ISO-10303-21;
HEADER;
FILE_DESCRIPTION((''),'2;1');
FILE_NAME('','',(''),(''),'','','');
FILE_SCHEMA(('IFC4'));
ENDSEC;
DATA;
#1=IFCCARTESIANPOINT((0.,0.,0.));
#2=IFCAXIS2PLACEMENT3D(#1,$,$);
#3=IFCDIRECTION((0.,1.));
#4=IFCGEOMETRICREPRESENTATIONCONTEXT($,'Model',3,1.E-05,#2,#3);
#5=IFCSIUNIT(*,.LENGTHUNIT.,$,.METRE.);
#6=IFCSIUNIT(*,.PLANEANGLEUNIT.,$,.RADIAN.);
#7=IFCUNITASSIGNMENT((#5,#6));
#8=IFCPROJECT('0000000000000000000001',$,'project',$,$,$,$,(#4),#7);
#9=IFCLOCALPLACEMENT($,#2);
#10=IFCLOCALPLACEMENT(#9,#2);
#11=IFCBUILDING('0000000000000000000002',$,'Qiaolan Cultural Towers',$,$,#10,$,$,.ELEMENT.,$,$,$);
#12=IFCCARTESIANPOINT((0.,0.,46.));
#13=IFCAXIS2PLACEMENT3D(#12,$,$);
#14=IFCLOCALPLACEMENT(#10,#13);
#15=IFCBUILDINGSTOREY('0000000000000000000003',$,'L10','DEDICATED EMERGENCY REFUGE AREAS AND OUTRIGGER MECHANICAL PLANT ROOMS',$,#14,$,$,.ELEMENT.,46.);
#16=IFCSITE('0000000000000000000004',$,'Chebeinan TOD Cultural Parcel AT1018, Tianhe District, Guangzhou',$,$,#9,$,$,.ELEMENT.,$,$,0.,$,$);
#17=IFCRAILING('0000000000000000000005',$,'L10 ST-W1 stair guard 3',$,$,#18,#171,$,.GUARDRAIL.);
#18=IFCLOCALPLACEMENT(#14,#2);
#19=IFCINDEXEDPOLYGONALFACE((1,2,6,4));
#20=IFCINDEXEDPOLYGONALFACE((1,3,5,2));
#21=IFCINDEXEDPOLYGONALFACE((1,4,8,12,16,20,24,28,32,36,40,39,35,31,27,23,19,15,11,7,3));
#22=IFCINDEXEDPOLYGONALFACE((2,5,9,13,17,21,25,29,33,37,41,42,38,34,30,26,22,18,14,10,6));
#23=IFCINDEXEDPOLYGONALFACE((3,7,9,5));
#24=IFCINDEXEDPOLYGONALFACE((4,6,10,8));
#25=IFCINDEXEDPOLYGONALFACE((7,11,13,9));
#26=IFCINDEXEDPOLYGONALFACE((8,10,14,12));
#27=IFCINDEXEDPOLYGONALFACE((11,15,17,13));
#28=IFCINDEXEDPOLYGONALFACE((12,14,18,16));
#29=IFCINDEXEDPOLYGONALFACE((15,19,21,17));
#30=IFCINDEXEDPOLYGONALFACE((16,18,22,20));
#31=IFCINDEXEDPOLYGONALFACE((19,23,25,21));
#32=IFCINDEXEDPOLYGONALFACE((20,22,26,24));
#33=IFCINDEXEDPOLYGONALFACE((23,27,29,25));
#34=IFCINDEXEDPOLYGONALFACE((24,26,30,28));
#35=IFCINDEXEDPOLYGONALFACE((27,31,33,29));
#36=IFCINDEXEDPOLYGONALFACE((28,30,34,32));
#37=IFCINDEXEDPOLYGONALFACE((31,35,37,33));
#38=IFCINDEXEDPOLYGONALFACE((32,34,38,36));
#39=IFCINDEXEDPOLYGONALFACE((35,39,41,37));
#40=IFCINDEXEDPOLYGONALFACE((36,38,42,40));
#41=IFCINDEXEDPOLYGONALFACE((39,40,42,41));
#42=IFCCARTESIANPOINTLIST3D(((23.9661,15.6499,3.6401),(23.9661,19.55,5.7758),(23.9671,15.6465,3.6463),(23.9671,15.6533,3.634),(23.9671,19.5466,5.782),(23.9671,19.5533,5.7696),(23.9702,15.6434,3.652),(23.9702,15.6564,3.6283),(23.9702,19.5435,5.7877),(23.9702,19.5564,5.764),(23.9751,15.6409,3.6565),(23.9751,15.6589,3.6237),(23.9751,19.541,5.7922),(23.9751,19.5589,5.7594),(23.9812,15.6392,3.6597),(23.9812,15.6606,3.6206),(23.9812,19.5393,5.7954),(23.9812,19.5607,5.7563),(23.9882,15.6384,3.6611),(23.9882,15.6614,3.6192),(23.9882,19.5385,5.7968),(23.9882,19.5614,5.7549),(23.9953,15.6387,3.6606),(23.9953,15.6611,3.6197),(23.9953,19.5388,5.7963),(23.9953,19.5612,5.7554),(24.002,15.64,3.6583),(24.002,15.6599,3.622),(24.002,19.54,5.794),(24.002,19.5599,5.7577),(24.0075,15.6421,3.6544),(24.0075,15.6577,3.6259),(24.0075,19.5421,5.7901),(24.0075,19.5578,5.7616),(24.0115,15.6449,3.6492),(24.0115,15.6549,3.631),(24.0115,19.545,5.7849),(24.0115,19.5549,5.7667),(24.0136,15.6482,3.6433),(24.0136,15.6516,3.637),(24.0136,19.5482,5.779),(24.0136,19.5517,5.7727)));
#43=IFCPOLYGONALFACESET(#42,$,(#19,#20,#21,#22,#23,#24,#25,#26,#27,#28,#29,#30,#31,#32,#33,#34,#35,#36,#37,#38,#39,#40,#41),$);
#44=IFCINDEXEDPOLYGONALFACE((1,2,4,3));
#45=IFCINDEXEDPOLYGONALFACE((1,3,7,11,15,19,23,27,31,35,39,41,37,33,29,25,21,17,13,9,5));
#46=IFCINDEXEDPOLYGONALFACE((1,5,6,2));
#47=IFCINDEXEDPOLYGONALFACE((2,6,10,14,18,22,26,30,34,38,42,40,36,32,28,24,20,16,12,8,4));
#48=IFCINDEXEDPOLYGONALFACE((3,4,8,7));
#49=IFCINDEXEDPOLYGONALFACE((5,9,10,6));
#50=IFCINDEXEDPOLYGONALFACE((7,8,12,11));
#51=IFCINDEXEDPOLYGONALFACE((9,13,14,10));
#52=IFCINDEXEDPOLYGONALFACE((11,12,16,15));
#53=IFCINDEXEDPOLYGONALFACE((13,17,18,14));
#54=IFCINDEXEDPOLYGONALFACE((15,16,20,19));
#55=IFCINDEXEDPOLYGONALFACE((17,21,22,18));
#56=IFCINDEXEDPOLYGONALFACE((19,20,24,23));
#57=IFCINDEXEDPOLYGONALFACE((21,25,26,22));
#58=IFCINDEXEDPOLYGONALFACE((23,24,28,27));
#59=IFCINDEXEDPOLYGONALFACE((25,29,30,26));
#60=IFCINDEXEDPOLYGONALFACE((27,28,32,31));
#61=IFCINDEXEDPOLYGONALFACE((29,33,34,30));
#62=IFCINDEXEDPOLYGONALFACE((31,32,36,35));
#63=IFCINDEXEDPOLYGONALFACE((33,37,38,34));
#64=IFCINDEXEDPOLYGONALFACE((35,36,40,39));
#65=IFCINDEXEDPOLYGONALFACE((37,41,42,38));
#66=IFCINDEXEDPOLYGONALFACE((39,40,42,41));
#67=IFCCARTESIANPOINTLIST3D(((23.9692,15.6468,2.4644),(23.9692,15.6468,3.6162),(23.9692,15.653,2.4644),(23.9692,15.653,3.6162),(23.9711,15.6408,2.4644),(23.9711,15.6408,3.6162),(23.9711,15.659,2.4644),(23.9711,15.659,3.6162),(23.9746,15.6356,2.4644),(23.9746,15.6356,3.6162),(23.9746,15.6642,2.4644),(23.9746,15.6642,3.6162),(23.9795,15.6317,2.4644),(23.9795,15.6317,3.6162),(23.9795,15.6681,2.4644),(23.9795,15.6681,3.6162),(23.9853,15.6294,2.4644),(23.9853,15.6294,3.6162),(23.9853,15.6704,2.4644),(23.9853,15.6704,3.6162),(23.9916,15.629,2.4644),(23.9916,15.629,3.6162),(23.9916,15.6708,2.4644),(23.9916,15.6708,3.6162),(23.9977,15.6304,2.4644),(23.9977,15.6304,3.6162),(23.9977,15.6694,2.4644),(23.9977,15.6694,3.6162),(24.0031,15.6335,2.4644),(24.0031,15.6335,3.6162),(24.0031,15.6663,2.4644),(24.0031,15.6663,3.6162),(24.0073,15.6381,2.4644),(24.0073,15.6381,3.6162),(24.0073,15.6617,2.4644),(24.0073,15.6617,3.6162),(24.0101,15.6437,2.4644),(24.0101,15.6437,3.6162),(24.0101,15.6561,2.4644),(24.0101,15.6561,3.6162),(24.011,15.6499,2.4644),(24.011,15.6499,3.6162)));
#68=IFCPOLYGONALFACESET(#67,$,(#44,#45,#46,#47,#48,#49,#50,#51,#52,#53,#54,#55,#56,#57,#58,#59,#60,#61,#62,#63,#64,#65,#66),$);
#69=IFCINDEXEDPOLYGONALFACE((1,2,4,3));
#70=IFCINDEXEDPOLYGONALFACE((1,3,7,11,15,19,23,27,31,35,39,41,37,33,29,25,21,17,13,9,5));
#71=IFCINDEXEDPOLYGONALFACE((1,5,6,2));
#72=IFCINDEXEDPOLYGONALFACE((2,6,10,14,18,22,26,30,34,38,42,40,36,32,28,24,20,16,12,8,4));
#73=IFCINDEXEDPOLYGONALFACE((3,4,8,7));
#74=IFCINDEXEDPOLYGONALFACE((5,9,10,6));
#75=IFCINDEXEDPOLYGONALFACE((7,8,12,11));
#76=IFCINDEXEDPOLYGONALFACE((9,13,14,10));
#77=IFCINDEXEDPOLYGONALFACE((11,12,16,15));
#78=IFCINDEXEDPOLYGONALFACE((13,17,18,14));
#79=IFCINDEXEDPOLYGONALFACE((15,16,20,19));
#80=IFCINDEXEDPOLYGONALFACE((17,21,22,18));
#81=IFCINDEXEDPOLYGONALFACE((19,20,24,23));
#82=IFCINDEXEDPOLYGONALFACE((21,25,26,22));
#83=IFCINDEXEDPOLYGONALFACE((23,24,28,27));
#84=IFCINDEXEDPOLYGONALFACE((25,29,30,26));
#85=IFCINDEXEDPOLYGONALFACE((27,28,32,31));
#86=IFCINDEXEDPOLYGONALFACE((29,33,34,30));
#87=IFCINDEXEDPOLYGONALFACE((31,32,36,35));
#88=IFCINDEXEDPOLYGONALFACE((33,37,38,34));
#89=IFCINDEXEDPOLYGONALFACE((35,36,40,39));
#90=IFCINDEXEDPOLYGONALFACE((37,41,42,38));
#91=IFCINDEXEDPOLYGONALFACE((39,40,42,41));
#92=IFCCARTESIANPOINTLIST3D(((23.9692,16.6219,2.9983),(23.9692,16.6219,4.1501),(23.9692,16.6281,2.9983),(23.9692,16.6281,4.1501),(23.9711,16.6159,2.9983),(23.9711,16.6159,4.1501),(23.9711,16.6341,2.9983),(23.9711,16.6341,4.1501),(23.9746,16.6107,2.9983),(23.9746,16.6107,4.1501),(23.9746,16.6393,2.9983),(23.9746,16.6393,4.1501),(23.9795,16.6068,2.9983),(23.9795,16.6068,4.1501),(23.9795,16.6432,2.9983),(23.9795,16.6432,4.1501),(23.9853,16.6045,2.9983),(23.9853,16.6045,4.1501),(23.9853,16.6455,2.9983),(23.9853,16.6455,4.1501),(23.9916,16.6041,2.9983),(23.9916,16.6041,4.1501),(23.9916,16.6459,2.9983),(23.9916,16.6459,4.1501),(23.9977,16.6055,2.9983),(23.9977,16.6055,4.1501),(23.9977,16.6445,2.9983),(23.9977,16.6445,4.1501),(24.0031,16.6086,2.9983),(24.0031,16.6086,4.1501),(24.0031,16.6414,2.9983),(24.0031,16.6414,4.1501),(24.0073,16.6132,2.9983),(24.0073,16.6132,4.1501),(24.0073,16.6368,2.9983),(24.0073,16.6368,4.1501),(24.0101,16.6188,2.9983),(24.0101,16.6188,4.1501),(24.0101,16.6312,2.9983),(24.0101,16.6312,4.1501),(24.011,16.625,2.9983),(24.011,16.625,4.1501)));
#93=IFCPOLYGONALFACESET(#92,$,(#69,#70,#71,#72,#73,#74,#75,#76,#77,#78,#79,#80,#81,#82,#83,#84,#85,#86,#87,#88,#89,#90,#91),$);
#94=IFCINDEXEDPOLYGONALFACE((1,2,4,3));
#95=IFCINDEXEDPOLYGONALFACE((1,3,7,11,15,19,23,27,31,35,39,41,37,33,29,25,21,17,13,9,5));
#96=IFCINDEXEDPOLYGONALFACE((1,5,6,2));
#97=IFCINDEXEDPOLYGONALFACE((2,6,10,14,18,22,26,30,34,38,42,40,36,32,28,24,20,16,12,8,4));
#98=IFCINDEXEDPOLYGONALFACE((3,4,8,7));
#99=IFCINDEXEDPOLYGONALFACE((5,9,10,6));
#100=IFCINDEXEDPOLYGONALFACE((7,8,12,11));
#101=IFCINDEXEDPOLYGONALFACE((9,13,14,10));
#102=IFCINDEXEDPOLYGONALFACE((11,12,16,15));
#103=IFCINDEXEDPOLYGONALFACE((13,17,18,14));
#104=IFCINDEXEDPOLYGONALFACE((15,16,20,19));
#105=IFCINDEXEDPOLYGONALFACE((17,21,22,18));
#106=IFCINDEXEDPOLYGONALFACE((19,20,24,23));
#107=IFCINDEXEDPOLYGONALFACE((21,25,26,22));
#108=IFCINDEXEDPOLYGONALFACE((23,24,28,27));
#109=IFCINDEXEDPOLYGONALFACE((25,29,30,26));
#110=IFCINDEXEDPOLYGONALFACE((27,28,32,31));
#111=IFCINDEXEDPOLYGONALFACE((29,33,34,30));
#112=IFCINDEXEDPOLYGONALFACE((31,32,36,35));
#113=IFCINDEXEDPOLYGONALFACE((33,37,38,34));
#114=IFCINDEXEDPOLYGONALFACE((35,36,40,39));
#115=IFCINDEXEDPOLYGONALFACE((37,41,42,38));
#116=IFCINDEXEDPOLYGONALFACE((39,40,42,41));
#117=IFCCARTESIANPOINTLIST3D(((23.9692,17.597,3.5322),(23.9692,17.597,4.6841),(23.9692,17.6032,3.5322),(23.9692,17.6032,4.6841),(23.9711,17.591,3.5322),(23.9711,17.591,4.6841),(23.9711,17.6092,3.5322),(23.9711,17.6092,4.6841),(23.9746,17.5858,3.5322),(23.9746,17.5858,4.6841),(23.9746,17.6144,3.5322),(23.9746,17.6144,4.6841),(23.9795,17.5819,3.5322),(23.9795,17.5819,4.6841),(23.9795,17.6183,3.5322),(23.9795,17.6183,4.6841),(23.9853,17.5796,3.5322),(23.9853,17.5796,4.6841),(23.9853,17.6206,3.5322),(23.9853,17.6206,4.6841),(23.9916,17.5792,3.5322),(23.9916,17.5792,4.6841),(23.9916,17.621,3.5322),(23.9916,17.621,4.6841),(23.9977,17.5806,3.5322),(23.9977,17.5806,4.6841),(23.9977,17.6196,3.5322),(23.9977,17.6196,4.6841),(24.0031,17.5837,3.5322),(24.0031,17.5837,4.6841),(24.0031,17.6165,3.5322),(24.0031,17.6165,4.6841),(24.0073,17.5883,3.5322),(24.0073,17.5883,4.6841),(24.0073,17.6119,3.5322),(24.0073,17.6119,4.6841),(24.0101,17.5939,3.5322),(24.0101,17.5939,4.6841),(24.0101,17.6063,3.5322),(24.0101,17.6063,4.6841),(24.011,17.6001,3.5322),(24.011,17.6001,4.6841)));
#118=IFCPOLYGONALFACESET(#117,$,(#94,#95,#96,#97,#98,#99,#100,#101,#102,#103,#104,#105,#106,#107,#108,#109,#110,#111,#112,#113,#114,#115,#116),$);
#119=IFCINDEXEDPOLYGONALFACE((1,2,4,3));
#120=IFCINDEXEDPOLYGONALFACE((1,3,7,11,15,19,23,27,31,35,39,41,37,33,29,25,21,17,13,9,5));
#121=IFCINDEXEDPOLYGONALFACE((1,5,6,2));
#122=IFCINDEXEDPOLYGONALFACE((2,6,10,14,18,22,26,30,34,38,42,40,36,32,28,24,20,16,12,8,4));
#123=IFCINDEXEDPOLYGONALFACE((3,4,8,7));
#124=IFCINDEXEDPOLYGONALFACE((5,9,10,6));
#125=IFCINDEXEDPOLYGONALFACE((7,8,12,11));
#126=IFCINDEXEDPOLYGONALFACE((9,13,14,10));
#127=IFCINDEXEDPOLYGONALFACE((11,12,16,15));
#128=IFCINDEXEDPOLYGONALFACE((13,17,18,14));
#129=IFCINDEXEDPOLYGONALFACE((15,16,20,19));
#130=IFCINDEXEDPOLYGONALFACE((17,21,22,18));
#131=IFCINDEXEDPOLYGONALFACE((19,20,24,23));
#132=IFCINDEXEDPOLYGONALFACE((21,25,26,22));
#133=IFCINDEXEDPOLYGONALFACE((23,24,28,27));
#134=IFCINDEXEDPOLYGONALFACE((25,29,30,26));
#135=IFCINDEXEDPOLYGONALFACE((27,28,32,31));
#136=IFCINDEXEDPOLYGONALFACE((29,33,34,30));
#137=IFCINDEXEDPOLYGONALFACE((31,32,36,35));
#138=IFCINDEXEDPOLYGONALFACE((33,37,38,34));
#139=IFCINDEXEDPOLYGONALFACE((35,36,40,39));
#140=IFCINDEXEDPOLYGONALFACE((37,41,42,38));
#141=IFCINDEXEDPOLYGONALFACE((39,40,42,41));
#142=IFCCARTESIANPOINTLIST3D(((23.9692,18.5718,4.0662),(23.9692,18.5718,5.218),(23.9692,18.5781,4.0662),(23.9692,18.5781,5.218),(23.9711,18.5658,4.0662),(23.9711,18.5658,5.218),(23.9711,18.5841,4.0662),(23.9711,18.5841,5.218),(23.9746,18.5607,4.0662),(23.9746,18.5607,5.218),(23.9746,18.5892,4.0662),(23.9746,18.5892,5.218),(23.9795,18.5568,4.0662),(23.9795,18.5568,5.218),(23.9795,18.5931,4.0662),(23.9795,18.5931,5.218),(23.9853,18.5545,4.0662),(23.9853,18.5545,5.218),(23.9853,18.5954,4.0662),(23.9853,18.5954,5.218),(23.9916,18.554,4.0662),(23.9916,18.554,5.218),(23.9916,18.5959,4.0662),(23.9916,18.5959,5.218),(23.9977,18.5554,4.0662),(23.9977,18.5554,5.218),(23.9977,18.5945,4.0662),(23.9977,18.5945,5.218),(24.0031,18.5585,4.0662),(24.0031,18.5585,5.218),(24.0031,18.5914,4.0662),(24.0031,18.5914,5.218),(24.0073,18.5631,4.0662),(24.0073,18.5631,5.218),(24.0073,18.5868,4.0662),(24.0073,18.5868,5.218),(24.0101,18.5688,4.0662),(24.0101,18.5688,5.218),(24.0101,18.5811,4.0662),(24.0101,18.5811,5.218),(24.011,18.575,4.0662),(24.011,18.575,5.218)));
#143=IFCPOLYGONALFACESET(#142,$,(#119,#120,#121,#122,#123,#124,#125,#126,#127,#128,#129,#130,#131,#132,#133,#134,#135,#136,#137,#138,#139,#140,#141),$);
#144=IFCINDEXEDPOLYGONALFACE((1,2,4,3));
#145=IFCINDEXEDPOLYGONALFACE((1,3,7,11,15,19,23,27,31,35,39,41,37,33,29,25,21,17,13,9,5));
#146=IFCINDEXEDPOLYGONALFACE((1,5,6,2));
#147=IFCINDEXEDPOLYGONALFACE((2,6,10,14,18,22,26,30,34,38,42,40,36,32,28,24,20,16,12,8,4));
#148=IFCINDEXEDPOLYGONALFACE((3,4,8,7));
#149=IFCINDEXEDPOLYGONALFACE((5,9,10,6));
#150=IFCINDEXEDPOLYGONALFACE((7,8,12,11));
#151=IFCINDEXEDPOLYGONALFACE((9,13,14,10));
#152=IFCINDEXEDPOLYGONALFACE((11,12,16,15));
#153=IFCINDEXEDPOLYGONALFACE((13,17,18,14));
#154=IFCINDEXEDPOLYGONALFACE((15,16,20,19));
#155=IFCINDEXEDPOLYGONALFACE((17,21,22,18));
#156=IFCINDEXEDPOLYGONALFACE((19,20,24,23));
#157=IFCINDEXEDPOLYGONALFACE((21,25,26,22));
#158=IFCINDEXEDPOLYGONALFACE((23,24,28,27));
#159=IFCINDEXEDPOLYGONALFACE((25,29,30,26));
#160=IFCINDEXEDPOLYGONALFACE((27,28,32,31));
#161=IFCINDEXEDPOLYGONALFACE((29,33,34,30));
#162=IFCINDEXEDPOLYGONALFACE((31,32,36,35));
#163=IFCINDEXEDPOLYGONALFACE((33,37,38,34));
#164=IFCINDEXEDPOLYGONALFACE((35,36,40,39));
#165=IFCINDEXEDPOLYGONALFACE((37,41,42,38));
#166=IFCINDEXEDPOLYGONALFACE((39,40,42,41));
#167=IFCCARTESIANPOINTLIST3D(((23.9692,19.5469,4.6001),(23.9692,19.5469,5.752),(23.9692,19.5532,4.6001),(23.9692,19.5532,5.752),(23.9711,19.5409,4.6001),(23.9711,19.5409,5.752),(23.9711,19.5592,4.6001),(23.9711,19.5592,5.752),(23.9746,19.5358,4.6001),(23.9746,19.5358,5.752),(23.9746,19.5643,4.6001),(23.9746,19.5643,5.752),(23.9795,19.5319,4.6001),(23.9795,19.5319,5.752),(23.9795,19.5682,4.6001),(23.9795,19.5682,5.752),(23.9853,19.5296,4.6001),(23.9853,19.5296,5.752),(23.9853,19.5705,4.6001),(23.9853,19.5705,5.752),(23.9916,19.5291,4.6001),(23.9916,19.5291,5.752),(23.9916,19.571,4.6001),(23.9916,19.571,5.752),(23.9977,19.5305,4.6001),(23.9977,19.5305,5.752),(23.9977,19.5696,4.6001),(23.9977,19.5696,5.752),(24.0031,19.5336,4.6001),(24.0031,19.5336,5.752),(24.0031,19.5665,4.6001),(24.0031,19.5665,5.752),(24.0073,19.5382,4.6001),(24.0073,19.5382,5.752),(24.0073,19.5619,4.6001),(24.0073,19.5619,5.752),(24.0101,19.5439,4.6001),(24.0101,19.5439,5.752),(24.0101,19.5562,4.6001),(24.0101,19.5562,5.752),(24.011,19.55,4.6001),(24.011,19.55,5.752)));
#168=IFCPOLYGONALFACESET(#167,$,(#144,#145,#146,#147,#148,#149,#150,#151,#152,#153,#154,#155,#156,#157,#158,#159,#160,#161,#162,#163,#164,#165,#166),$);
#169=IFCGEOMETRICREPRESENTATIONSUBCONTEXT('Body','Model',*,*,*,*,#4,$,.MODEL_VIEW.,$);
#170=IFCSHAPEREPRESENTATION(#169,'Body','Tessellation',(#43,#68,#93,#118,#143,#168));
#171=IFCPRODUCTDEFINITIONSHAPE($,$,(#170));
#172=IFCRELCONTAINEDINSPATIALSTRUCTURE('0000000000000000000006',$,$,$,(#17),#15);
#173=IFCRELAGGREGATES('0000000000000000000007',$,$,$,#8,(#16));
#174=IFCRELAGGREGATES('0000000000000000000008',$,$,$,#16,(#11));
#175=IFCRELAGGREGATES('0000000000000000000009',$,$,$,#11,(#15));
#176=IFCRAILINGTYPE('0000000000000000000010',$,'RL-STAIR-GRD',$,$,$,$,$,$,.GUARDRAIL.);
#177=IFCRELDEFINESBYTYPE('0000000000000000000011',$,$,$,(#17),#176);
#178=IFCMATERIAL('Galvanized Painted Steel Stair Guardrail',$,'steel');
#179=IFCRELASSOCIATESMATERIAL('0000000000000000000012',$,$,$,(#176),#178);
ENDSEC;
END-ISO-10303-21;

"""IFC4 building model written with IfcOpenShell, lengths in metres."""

from ifc_helpers import new_model, si_unit, direction, frame, origin, origin_2d, place, context, subcontext, project, spatial, circle, extrude, material, type_object, element, save


model = new_model("IFC4")

# Units and contexts
model_context = context("Model", 3, precision=1e-05, world=origin(), true_north=direction((0.0, 1.0)))
body_context = subcontext(model_context, "Body", "Model", "MODEL_VIEW")
ifc_project = project(units=[si_unit("LENGTHUNIT", "METRE"), si_unit("PLANEANGLEUNIT", "RADIAN")], contexts=[model_context])

# Site, building, storey
site_placement = place(None, origin())
site = spatial("IfcSite", under=ifc_project, at=site_placement, Name="Chebeinan TOD Cultural Parcel AT1018, Tianhe District, Guangzhou", CompositionType="ELEMENT", RefElevation=0.0)
building_placement = place(site_placement, origin())
building = spatial("IfcBuilding", under=site, at=building_placement, Name="Qiaolan Cultural Towers", CompositionType="ELEMENT")
storey_placement = place(building_placement, frame((0.0, 0.0, 46.0)))
storey = spatial("IfcBuildingStorey", under=building, at=storey_placement, Name="L10", Description="DEDICATED EMERGENCY REFUGE AREAS AND OUTRIGGER MECHANICAL PLANT ROOMS", CompositionType="ELEMENT", Elevation=46.0)

# Railing
ifc_material_1 = material(Name="Galvanized Painted Steel Stair Guardrail", Category="steel")
railing_type_1 = type_object("IfcRailingType", Name="RL-STAIR-GRD", PredefinedType="GUARDRAIL", material=ifc_material_1)
railing_1_placement = place(storey_placement, frame((23.99, 15.6499, 2.4644)))
element("IfcRailing", 1, at=railing_1_placement, inside=storey, type_object=railing_type_1, Name="L10 ST-W1 stair guard 3", PredefinedType="GUARDRAIL", context=body_context, shape_type="SweptSolid", body=[
    extrude(circle(Radius=0.0239, at=origin_2d()), frame((0.0, 0.0, 1.1758), z_axis=(0.0, 0.877101, 0.480306), x_axis=(-1.0, 0.0, 0.0)), (0.0, 0.0, 1.0), 4.4465),
    extrude(circle(Radius=0.021, at=origin_2d()), origin(), (0.0, 0.0, 1.0), 1.1519),
    extrude(circle(Radius=0.021, at=origin_2d()), frame((0.0, 0.9751, 0.5339)), (0.0, 0.0, 1.0), 1.1519),
    extrude(circle(Radius=0.021, at=origin_2d()), frame((0.0, 1.9502, 1.0679)), (0.0, 0.0, 1.0), 1.1519),
    extrude(circle(Radius=0.021, at=origin_2d()), frame((0.0, 2.925, 1.6018)), (0.0, 0.0, 1.0), 1.1519),
    extrude(circle(Radius=0.021, at=origin_2d()), frame((0.0, 3.9001, 2.1357)), (0.0, 0.0, 1.0), 1.1519),
])

save(model, "model.ifc")
